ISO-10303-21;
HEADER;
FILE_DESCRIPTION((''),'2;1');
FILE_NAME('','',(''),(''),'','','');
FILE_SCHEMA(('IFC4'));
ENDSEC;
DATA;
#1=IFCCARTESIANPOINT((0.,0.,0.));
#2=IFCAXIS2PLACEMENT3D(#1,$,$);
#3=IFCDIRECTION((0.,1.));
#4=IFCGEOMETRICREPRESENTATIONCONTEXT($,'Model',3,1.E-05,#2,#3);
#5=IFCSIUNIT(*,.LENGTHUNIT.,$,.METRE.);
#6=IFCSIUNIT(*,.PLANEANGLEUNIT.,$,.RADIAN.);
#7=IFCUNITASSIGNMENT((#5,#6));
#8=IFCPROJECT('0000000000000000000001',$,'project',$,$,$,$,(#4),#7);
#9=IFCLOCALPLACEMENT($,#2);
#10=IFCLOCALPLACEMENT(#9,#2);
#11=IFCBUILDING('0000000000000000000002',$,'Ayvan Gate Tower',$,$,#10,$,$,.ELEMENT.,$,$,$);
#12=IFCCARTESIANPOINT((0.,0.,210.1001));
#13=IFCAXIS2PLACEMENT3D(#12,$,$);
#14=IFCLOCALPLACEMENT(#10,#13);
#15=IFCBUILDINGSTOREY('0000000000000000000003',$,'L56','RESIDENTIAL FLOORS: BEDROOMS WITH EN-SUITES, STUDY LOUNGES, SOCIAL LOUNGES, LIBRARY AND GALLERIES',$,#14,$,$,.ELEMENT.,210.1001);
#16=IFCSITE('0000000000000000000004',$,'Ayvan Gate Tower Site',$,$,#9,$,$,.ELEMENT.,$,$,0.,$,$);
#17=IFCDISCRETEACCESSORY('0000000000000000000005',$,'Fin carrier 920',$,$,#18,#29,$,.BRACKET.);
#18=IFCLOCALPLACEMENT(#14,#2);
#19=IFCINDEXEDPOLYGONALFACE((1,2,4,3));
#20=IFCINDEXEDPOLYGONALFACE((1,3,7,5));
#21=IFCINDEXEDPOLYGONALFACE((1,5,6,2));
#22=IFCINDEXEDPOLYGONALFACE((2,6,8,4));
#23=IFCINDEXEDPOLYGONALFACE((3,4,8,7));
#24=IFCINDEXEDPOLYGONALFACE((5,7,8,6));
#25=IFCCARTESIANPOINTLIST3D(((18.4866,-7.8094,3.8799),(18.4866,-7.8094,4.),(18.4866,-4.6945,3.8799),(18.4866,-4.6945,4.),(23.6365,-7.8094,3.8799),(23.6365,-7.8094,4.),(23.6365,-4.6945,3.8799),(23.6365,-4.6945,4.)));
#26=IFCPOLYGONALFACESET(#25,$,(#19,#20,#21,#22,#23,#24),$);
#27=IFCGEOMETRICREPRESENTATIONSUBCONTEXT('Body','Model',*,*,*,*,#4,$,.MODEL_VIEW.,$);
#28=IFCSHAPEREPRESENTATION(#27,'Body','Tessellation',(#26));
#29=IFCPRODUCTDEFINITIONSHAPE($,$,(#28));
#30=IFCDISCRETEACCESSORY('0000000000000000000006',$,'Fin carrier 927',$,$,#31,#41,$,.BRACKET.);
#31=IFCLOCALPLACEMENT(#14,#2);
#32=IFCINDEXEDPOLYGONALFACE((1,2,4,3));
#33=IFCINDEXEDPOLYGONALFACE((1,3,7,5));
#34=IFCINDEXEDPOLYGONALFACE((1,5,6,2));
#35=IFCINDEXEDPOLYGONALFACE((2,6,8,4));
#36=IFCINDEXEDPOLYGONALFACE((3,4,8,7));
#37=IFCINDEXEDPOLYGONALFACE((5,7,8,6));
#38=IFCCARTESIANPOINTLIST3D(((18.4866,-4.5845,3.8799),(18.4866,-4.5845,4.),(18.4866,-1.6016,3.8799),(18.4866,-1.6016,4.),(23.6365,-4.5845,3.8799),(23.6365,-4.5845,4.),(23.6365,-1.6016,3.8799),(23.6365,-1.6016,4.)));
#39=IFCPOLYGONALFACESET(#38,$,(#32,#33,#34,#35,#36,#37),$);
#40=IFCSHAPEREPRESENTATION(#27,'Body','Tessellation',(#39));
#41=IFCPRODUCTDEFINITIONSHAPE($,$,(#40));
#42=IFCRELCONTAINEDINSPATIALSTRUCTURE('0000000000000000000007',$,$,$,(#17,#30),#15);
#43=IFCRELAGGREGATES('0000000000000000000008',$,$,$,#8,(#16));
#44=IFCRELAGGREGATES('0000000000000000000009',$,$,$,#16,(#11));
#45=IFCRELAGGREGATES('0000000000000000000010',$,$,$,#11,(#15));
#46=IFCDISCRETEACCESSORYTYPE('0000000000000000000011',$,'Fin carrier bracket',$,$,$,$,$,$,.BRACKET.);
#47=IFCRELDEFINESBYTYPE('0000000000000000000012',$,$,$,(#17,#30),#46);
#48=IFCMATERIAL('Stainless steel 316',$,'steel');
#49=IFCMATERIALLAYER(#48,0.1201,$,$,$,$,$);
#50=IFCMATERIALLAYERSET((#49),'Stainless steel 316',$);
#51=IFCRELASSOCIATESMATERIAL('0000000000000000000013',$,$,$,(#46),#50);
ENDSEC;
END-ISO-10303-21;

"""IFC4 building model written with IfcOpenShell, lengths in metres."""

from ifc_helpers import new_model, si_unit, direction, frame, origin, origin_2d, place, context, subcontext, project, spatial, rectangle, extrude, material, layer, layer_set, type_object, element, save


model = new_model("IFC4")

# Units and contexts
model_context = context("Model", 3, precision=1e-05, world=origin(), true_north=direction((0.0, 1.0)))
body_context = subcontext(model_context, "Body", "Model", "MODEL_VIEW")
ifc_project = project(units=[si_unit("LENGTHUNIT", "METRE"), si_unit("PLANEANGLEUNIT", "RADIAN")], contexts=[model_context])

# Site, building, storey
site_placement = place(None, origin())
site = spatial("IfcSite", under=ifc_project, at=site_placement, Name="Ayvan Gate Tower Site", CompositionType="ELEMENT", RefElevation=0.0)
building_placement = place(site_placement, origin())
building = spatial("IfcBuilding", under=site, at=building_placement, Name="Ayvan Gate Tower", CompositionType="ELEMENT")
storey_placement = place(building_placement, frame((0.0, 0.0, 210.1001)))
storey = spatial("IfcBuildingStorey", under=building, at=storey_placement, Name="L56", Description="RESIDENTIAL FLOORS: BEDROOMS WITH EN-SUITES, STUDY LOUNGES, SOCIAL LOUNGES, LIBRARY AND GALLERIES", CompositionType="ELEMENT", Elevation=210.1001)

# Discrete accessories
ifc_material_1 = material(Name="Stainless steel 316", Category="steel")
ifc_layer_1 = layer(ifc_material_1, 0.1201)
ifc_layer_set_1 = layer_set([ifc_layer_1], Name="Stainless steel 316")
discrete_accessory_type = type_object("IfcDiscreteAccessoryType", Name="Fin carrier bracket", PredefinedType="BRACKET", material=ifc_layer_set_1)
discrete_accessory_1_placement = place(storey_placement, frame((21.0615, -6.252, 3.8799), z_axis=(0.0, 0.0, 1.0), x_axis=(0.0, 1.0, 0.0)))
element("IfcDiscreteAccessory", 1, at=discrete_accessory_1_placement, inside=storey, type_object=discrete_accessory_type, Name="Fin carrier 920", PredefinedType="BRACKET", context=body_context, shape_type="SweptSolid", body=[
    extrude(rectangle(XDim=3.115, YDim=5.1499, at=origin_2d()), origin(), (0.0, 0.0, 1.0), 0.1201),
])
discrete_accessory_2_placement = place(storey_placement, frame((21.0615, -3.093, 3.8799), z_axis=(0.0, 0.0, 1.0), x_axis=(0.0, 1.0, 0.0)))
element("IfcDiscreteAccessory", 2, at=discrete_accessory_2_placement, inside=storey, type_object=discrete_accessory_type, Name="Fin carrier 927", PredefinedType="BRACKET", context=body_context, shape_type="SweptSolid", body=[
    extrude(rectangle(XDim=2.9829, YDim=5.1499, at=origin_2d()), origin(), (0.0, 0.0, 1.0), 0.1201),
])

save(model, "model.ifc")
